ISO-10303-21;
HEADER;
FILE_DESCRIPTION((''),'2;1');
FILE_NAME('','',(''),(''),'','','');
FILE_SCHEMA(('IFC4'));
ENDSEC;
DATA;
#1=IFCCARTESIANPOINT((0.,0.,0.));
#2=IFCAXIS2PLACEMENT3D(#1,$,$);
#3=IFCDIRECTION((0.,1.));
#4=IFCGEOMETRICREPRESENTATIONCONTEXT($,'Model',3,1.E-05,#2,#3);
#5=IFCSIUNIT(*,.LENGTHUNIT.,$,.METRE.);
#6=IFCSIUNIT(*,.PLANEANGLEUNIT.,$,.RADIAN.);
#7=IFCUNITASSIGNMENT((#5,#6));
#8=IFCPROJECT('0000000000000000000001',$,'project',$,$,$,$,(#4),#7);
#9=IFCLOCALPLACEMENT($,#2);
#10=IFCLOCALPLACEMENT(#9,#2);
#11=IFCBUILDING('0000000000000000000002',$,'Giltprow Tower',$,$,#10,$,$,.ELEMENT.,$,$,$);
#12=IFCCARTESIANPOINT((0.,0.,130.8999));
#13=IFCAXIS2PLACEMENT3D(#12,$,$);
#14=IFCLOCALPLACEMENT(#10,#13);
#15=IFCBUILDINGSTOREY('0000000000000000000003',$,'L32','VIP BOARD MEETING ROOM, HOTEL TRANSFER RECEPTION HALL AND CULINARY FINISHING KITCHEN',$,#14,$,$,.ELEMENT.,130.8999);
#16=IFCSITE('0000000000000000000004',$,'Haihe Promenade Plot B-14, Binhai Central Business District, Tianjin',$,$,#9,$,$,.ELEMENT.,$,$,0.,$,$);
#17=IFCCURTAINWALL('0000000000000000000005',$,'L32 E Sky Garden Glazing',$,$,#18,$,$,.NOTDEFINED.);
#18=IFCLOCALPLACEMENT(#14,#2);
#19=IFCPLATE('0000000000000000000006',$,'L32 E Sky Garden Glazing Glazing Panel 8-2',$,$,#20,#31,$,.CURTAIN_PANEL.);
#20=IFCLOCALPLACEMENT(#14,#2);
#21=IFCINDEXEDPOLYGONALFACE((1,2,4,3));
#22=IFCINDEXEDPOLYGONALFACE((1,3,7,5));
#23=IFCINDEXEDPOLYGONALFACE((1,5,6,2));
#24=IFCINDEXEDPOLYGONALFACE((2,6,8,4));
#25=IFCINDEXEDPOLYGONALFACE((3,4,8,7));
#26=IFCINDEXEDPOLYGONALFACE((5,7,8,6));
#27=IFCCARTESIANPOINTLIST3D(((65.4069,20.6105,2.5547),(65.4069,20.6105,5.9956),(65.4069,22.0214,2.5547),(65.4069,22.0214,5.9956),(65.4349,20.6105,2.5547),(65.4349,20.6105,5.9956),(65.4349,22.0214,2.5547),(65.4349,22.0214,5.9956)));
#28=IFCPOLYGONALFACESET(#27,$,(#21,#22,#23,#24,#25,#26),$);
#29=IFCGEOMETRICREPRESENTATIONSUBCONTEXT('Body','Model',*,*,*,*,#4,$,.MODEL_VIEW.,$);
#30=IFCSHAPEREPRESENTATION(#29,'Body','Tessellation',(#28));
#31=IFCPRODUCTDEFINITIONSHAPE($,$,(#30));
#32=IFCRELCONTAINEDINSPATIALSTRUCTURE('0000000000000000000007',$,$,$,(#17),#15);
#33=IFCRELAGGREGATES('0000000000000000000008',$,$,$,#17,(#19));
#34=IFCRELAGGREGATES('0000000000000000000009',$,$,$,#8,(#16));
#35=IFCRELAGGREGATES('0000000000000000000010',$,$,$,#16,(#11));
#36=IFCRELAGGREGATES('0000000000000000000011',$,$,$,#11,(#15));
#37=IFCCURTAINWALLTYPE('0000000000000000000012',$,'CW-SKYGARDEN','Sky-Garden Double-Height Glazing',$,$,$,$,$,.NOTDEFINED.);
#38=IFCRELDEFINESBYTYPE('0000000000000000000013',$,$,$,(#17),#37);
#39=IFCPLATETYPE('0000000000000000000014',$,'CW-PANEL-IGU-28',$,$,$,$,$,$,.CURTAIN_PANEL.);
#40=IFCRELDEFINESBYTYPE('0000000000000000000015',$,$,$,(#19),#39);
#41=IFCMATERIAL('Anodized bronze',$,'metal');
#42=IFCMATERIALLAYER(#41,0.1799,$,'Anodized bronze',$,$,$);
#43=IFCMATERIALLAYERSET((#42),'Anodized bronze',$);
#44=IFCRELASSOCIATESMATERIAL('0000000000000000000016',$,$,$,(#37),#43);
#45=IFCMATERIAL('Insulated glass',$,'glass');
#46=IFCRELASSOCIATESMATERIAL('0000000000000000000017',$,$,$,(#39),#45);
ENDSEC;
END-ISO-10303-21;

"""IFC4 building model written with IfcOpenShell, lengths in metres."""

from ifc_helpers import new_model, si_unit, direction, frame, origin, origin_2d, place, context, subcontext, project, spatial, rectangle, extrude, source, transform, mapped, material, layer, layer_set, type_object, element, aggregate, save


model = new_model("IFC4")

# Units and contexts
model_context = context("Model", 3, precision=1e-05, world=origin(), true_north=direction((0.0, 1.0)))
body_context = subcontext(model_context, "Body", "Model", "MODEL_VIEW")
ifc_project = project(units=[si_unit("LENGTHUNIT", "METRE"), si_unit("PLANEANGLEUNIT", "RADIAN")], contexts=[model_context])

# Site, building, storey
site_placement = place(None, origin())
site = spatial("IfcSite", under=ifc_project, at=site_placement, Name="Haihe Promenade Plot B-14, Binhai Central Business District, Tianjin", CompositionType="ELEMENT", RefElevation=0.0)
building_placement = place(site_placement, origin())
building = spatial("IfcBuilding", under=site, at=building_placement, Name="Giltprow Tower", CompositionType="ELEMENT")
storey_placement = place(building_placement, frame((0.0, 0.0, 130.8999)))
storey = spatial("IfcBuildingStorey", under=building, at=storey_placement, Name="L32", Description="VIP BOARD MEETING ROOM, HOTEL TRANSFER RECEPTION HALL AND CULINARY FINISHING KITCHEN", CompositionType="ELEMENT", Elevation=130.8999)

# Curtain wall, plate
ifc_material_1 = material(Name="Anodized bronze", Category="metal")
ifc_layer = layer(ifc_material_1, 0.1799, Name="Anodized bronze")
ifc_layer_set = layer_set([ifc_layer], Name="Anodized bronze")
curtain_wall_type = type_object("IfcCurtainWallType", Name="CW-SKYGARDEN", Description="Sky-Garden Double-Height Glazing", PredefinedType="NOTDEFINED", material=ifc_layer_set)
curtain_wall_placement = place(storey_placement, origin())
curtain_wall = element("IfcCurtainWall", 1, at=curtain_wall_placement, inside=storey, type_object=curtain_wall_type, Name="L32 E Sky Garden Glazing", PredefinedType="NOTDEFINED")
ifc_material_2 = material(Name="Insulated glass", Category="glass")
plate_type = type_object("IfcPlateType", Name="CW-PANEL-IGU-28", PredefinedType="CURTAIN_PANEL", material=ifc_material_2)
shared_shape_1 = source(origin(), body_context, "Body", "SweptSolid", [
    extrude(rectangle(XDim=1.4109, YDim=0.0281, at=origin_2d()), origin(), (0.0, 0.0, 1.0), 3.4409),
])
plate_1_placement = place(storey_placement, frame((65.4209, 21.3159, 2.5547), z_axis=(0.0, 0.0, 1.0), x_axis=(0.0, 1.0, 0.0)))
plate_1 = element("IfcPlate", 2, at=plate_1_placement, type_object=plate_type, Name="L32 E Sky Garden Glazing Glazing Panel 8-2", PredefinedType="CURTAIN_PANEL", context=body_context, shape_type="MappedRepresentation", body=[
    mapped(shared_shape_1, transform((0.0, 0.0, 0.0), x_axis=(1.0, 0.0, 0.0), y_axis=(0.0, 1.0, 0.0), z_axis=(0.0, 0.0, 1.0), scale=1.0)),
])
aggregate(curtain_wall, [plate_1])

save(model, "model.ifc")
